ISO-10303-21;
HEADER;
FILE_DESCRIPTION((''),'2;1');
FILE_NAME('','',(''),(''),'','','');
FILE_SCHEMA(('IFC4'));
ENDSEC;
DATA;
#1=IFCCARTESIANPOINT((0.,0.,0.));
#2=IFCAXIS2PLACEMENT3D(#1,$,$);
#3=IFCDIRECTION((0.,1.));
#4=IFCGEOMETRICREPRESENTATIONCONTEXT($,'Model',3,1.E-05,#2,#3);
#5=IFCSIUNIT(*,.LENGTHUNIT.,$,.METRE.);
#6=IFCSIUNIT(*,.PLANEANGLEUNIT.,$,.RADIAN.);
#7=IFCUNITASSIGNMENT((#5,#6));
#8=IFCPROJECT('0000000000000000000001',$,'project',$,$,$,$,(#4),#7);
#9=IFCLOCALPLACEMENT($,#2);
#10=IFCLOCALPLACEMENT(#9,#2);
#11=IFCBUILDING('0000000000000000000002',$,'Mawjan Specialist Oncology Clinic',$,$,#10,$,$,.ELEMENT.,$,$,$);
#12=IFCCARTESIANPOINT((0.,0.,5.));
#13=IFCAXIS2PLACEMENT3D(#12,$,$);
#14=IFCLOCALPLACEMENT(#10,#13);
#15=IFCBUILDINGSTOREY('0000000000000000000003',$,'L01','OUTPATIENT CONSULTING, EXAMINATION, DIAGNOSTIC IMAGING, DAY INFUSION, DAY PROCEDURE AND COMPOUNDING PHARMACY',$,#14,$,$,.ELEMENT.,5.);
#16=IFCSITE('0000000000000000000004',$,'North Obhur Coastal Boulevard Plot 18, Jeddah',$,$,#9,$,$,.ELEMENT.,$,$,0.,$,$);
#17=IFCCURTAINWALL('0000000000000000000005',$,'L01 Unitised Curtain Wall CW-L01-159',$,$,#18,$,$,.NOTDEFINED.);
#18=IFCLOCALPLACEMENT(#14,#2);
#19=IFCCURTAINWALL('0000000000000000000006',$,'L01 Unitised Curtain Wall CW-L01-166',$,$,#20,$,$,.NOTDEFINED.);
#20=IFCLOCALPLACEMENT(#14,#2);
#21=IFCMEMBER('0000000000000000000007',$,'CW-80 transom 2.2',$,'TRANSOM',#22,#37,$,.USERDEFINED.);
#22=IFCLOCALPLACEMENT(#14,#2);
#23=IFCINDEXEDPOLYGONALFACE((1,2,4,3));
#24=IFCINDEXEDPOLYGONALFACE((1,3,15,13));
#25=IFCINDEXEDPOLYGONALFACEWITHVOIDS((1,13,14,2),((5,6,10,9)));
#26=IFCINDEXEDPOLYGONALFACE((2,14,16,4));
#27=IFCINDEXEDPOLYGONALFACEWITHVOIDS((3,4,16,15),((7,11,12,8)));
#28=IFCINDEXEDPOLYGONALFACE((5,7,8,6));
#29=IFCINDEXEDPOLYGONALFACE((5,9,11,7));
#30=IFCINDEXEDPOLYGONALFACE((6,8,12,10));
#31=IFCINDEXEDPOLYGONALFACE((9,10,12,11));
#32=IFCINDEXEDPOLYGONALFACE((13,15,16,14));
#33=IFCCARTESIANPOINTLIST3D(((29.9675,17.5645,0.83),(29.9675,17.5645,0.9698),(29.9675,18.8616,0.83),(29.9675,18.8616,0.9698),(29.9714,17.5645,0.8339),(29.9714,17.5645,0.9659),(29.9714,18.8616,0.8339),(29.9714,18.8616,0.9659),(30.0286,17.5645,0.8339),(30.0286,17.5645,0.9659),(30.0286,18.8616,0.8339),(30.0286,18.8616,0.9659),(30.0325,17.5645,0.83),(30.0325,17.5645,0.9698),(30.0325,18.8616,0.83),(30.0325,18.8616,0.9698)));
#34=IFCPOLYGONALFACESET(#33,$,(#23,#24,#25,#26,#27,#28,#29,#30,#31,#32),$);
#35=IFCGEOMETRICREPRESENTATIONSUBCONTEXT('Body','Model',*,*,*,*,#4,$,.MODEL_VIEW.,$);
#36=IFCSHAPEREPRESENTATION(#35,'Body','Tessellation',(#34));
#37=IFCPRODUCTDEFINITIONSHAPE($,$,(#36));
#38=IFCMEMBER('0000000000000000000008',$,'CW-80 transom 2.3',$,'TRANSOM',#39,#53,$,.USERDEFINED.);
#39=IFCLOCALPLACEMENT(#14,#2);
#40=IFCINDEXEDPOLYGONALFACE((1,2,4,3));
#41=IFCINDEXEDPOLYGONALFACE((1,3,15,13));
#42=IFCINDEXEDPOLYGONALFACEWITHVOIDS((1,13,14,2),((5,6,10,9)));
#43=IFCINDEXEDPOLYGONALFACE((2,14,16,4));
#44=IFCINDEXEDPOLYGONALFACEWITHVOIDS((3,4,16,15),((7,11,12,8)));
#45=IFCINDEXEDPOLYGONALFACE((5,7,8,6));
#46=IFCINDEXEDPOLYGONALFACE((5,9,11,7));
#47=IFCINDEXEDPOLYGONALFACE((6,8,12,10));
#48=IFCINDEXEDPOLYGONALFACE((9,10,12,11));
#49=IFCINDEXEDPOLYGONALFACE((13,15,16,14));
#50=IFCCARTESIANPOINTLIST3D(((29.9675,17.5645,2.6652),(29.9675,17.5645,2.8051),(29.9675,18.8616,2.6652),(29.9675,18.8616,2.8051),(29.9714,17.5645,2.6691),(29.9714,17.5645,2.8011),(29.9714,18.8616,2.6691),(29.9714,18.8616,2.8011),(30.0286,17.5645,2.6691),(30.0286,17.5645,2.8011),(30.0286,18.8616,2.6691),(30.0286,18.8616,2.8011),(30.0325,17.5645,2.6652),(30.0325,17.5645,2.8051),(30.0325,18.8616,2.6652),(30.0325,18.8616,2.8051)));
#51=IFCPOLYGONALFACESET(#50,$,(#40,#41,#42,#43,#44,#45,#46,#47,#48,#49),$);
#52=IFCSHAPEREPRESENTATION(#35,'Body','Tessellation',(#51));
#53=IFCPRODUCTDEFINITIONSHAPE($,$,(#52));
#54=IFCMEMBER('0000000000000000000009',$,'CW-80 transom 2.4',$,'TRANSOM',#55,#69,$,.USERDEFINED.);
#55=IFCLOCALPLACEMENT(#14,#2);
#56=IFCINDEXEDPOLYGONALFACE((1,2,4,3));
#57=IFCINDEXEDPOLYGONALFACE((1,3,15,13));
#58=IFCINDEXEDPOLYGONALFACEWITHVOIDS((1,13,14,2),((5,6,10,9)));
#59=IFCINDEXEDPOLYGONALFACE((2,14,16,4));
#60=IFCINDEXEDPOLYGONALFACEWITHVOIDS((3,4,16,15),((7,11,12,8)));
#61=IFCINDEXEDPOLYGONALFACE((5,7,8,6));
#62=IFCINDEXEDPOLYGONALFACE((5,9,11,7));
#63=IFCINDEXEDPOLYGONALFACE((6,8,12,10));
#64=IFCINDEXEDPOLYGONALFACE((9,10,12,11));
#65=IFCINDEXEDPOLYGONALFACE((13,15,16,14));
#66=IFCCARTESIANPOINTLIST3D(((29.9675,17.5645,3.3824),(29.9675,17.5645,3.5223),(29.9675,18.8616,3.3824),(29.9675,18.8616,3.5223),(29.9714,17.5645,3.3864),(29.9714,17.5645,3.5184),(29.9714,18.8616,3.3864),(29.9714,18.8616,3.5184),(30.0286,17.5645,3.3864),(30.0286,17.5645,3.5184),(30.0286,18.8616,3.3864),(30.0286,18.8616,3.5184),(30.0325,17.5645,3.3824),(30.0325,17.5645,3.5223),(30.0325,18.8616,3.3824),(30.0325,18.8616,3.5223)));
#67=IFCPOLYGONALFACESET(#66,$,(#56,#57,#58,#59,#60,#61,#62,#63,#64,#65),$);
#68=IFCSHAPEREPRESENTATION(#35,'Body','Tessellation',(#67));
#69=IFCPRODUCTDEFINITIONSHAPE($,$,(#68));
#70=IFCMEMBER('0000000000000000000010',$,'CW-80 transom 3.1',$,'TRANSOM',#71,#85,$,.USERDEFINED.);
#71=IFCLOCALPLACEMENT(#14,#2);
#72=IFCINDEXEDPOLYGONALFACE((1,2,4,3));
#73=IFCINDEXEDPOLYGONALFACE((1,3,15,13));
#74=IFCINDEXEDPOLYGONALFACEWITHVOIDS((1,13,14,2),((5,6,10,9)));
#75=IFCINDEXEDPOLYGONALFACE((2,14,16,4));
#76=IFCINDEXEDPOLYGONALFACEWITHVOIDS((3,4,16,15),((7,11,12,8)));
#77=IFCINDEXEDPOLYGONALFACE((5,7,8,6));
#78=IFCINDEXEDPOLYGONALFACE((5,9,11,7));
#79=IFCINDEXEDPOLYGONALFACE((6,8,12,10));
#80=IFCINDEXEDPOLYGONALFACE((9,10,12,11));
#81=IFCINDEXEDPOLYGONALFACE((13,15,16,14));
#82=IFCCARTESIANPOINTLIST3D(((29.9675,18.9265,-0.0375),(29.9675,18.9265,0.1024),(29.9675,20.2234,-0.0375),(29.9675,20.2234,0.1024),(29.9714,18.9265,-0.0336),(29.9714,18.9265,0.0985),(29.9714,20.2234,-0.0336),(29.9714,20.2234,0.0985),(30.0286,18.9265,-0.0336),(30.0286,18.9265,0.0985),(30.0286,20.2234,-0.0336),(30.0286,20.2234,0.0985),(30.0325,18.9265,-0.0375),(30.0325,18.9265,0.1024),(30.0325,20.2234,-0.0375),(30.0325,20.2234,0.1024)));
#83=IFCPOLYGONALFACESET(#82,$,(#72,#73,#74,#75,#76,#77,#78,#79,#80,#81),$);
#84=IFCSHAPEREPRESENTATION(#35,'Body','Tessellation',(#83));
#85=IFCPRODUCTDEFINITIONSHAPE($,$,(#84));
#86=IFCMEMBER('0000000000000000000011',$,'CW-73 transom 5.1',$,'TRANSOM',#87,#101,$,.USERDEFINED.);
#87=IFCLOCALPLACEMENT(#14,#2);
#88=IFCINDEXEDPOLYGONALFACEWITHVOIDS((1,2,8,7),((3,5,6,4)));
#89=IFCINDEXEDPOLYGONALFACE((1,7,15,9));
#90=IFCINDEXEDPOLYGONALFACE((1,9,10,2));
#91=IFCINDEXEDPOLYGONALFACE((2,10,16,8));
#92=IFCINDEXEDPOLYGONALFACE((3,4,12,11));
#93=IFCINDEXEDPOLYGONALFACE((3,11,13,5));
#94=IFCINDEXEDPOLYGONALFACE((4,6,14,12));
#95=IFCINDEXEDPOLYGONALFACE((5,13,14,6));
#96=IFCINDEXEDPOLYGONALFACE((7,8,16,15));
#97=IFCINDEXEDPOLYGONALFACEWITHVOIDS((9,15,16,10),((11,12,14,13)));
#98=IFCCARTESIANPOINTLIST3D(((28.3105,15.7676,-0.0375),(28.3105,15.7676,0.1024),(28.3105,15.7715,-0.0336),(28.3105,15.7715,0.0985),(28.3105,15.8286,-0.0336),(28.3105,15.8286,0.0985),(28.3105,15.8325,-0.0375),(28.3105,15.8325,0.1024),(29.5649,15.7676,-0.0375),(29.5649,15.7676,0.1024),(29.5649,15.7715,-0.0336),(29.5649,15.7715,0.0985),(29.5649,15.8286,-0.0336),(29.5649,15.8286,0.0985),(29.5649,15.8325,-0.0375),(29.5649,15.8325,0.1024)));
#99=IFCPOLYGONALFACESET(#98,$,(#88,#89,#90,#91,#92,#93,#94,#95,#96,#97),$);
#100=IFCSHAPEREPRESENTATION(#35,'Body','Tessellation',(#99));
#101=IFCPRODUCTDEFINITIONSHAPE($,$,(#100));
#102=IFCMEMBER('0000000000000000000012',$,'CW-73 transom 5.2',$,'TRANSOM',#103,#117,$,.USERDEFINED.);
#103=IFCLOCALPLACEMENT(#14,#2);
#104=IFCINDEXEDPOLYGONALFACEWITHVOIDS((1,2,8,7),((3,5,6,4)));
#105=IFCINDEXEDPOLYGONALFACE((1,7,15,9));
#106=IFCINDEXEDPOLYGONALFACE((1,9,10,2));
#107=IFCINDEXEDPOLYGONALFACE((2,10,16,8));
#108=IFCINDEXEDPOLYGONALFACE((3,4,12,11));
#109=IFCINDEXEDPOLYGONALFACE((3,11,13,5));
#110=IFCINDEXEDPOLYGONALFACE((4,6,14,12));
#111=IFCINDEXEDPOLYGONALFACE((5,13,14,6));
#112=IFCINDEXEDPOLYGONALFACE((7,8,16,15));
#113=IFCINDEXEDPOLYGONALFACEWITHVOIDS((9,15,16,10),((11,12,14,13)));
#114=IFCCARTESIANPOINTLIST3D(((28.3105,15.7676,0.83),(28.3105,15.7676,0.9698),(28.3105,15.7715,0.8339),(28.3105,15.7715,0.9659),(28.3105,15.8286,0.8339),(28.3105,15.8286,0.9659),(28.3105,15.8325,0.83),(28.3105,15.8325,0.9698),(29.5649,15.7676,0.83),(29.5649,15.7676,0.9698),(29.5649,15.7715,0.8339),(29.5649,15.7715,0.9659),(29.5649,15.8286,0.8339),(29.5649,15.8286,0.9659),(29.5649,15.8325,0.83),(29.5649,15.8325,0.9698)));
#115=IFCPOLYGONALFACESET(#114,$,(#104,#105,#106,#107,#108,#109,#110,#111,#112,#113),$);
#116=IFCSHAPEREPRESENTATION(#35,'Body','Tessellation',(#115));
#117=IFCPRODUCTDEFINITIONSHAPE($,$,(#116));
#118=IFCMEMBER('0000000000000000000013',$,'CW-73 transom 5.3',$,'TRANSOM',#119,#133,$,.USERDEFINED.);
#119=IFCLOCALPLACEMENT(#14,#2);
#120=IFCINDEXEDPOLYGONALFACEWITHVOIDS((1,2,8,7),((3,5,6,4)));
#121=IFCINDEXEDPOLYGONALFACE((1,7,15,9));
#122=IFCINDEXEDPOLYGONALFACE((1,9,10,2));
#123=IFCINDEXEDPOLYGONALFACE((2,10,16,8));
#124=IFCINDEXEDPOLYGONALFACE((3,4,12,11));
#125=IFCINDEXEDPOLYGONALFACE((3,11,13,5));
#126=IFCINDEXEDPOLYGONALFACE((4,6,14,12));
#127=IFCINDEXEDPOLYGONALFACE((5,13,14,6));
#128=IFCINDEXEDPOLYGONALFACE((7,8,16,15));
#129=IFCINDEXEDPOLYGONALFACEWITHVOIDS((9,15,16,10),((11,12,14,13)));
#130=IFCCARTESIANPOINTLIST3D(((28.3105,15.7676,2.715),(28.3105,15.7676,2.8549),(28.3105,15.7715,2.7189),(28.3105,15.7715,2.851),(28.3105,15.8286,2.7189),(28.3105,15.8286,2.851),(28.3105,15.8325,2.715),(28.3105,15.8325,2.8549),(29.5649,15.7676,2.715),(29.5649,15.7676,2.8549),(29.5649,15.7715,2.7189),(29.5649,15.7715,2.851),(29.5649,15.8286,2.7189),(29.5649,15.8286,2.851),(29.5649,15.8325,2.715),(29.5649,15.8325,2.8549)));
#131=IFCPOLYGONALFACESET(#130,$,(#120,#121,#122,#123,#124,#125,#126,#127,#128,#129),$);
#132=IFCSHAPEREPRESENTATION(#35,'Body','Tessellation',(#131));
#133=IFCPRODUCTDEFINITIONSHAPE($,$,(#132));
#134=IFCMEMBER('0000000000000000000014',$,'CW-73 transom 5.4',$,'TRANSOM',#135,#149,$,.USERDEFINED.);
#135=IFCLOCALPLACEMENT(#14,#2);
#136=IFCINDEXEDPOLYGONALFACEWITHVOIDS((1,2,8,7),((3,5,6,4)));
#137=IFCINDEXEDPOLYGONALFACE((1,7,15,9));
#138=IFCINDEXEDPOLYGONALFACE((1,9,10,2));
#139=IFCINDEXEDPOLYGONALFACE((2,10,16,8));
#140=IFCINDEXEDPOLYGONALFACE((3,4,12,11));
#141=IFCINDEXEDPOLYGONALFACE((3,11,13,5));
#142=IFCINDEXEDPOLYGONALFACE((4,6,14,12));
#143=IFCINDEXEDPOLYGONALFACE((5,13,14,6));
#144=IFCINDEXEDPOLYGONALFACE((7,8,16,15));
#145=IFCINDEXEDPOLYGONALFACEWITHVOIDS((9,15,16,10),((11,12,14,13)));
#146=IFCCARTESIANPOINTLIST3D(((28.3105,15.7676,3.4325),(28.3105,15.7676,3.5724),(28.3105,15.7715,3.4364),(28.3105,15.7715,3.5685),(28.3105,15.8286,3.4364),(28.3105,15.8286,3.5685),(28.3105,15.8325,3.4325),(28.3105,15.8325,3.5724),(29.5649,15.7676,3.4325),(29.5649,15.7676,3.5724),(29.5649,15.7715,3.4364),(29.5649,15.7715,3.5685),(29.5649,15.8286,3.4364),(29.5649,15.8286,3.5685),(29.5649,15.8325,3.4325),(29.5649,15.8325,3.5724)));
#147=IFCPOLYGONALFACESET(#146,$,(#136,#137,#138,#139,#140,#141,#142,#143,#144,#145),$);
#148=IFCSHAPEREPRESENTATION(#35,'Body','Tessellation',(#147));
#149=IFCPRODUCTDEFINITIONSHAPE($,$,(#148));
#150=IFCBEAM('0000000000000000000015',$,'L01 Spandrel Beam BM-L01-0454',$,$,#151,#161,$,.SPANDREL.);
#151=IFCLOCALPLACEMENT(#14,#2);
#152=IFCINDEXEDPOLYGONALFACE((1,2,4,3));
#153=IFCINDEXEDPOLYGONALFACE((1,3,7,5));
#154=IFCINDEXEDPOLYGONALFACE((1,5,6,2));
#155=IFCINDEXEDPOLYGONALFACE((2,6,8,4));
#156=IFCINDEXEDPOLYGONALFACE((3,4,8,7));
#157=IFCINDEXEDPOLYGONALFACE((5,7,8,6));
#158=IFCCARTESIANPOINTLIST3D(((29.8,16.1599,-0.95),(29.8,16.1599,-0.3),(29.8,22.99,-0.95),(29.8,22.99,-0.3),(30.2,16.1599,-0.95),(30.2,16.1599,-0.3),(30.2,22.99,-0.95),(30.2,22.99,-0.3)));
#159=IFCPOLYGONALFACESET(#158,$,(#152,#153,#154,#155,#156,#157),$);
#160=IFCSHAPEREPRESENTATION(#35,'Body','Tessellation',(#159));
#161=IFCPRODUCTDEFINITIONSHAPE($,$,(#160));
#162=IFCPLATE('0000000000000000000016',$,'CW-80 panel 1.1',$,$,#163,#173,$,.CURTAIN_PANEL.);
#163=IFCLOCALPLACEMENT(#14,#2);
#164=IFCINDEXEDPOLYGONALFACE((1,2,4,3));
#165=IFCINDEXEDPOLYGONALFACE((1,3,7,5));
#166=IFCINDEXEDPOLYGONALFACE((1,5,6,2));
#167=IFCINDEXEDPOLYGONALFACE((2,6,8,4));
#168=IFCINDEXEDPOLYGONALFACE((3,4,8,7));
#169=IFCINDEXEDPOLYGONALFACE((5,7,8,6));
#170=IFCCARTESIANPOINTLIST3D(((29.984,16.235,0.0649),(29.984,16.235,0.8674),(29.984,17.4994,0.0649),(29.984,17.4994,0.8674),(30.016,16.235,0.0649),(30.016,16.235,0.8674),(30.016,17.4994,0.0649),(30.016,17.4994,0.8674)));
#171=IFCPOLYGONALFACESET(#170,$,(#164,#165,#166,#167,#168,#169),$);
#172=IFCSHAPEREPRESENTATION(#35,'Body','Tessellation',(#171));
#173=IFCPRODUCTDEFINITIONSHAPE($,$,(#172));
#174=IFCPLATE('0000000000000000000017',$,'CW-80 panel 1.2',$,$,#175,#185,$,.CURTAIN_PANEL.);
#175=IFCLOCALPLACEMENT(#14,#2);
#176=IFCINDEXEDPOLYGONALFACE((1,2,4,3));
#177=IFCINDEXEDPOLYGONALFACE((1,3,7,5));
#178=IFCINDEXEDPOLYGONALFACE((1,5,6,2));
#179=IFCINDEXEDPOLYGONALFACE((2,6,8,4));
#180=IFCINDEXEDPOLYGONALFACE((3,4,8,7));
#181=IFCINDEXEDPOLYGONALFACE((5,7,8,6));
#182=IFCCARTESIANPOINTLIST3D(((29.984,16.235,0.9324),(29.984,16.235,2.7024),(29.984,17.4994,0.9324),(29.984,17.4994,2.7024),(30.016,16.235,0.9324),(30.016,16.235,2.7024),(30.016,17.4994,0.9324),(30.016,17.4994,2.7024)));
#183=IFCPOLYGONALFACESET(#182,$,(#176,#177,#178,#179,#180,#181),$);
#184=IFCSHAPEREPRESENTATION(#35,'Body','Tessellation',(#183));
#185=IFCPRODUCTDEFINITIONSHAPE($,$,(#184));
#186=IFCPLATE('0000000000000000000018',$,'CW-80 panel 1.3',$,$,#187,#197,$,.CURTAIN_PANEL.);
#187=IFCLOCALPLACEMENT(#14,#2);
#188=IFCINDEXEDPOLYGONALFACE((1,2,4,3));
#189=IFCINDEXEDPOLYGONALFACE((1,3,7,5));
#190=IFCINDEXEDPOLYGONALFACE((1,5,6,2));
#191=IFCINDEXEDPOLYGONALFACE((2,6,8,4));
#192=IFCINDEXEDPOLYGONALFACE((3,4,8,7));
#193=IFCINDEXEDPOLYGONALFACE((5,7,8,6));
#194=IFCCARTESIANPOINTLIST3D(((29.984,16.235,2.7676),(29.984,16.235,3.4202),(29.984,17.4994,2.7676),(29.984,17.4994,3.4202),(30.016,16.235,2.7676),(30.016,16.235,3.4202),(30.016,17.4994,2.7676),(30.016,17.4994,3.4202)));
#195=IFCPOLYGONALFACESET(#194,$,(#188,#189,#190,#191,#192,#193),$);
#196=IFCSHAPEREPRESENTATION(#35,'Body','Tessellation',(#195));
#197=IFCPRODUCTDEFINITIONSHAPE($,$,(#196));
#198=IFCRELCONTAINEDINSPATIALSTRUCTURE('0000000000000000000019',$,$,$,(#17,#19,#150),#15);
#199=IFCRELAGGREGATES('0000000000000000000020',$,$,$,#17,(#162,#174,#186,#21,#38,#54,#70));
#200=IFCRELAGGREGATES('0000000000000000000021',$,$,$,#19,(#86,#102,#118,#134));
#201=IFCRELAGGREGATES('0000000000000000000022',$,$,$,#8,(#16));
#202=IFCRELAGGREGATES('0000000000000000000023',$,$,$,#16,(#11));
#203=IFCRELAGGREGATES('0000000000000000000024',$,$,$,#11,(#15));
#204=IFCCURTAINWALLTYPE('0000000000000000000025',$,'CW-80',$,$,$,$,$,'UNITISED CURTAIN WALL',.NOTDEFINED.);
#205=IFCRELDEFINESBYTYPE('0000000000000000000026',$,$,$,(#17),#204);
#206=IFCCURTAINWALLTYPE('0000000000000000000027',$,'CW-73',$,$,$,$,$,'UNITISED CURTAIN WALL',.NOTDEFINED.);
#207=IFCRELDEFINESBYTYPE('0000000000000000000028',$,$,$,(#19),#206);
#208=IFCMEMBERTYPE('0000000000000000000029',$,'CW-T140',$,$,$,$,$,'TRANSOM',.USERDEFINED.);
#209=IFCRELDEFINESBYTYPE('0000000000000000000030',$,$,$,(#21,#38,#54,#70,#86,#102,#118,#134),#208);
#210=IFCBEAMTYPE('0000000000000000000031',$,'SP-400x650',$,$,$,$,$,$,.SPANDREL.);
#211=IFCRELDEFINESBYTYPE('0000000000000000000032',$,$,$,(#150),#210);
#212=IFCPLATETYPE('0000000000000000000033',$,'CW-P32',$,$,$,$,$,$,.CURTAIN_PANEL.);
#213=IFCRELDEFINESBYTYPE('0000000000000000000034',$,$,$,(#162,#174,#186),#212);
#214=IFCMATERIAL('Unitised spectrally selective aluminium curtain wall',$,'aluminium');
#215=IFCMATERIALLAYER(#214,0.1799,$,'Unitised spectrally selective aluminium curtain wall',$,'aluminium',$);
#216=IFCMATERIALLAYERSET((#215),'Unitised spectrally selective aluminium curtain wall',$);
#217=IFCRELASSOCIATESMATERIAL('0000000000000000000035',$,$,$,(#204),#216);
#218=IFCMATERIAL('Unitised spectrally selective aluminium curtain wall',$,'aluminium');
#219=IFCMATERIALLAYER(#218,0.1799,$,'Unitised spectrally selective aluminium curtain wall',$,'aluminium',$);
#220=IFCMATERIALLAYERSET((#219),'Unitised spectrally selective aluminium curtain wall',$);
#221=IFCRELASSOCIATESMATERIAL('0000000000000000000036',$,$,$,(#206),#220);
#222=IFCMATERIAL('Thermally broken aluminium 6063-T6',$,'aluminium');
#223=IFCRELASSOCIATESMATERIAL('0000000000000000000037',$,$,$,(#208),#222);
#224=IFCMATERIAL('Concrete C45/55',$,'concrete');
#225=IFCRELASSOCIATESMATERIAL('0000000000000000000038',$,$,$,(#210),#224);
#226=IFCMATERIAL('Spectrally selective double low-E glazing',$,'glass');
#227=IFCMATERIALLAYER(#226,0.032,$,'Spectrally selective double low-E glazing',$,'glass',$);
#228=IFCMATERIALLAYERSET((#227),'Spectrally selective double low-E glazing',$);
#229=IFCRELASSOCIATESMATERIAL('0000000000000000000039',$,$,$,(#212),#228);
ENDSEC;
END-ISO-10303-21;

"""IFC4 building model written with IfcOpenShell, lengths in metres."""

from ifc_helpers import new_model, si_unit, direction, frame, origin, origin_2d, place, context, subcontext, project, spatial, rectangle, hollow_rectangle, extrude, material, layer, layer_set, material_profile, profile_set, type_object, element, aggregate, save


model = new_model("IFC4")

# Units and contexts
model_context = context("Model", 3, precision=1e-05, world=origin(), true_north=direction((0.0, 1.0)))
body_context = subcontext(model_context, "Body", "Model", "MODEL_VIEW")
ifc_project = project(units=[si_unit("LENGTHUNIT", "METRE"), si_unit("PLANEANGLEUNIT", "RADIAN")], contexts=[model_context])

# Site, building, storey
site_placement = place(None, origin())
site = spatial("IfcSite", under=ifc_project, at=site_placement, Name="North Obhur Coastal Boulevard Plot 18, Jeddah", CompositionType="ELEMENT", RefElevation=0.0)
building_placement = place(site_placement, origin())
building = spatial("IfcBuilding", under=site, at=building_placement, Name="Mawjan Specialist Oncology Clinic", CompositionType="ELEMENT")
storey_placement = place(building_placement, frame((0.0, 0.0, 5.0)))
storey = spatial("IfcBuildingStorey", under=building, at=storey_placement, Name="L01", Description="OUTPATIENT CONSULTING, EXAMINATION, DIAGNOSTIC IMAGING, DAY INFUSION, DAY PROCEDURE AND COMPOUNDING PHARMACY", CompositionType="ELEMENT", Elevation=5.0)

# Curtain walls
ifc_material_1 = material(Name="Unitised spectrally selective aluminium curtain wall", Category="aluminium")
ifc_layer_1 = layer(ifc_material_1, 0.1799, Name="Unitised spectrally selective aluminium curtain wall", Category="aluminium")
ifc_layer_set_1 = layer_set([ifc_layer_1], Name="Unitised spectrally selective aluminium curtain wall")
curtain_wall_type_1 = type_object("IfcCurtainWallType", Name="CW-80", ElementType="UNITISED CURTAIN WALL", PredefinedType="NOTDEFINED", material=ifc_layer_set_1)
curtain_wall_1_placement = place(storey_placement, origin())
curtain_wall_1 = element("IfcCurtainWall", 1, at=curtain_wall_1_placement, inside=storey, type_object=curtain_wall_type_1, Name="L01 Unitised Curtain Wall CW-L01-159", PredefinedType="NOTDEFINED")
ifc_material_2 = material(Name="Unitised spectrally selective aluminium curtain wall", Category="aluminium")
ifc_layer_2 = layer(ifc_material_2, 0.1799, Name="Unitised spectrally selective aluminium curtain wall", Category="aluminium")
ifc_layer_set_2 = layer_set([ifc_layer_2], Name="Unitised spectrally selective aluminium curtain wall")
curtain_wall_type_2 = type_object("IfcCurtainWallType", Name="CW-73", ElementType="UNITISED CURTAIN WALL", PredefinedType="NOTDEFINED", material=ifc_layer_set_2)
curtain_wall_2_placement = place(storey_placement, origin())
curtain_wall_2 = element("IfcCurtainWall", 2, at=curtain_wall_2_placement, inside=storey, type_object=curtain_wall_type_2, Name="L01 Unitised Curtain Wall CW-L01-166", PredefinedType="NOTDEFINED")

# Members
ifc_material_3 = material(Name="Thermally broken aluminium 6063-T6", Category="aluminium")
ifc_material_profile_1 = material_profile(ifc_material_3, hollow_rectangle(XDim=0.0649, YDim=0.1399, WallThickness=0.0039, at=origin_2d()), Name="ALU TRANSOM 140x65x4", Category="aluminium")
ifc_profile_set_1 = profile_set([ifc_material_profile_1], Name="Thermally broken aluminium 6063-T6")
member_type_1 = type_object("IfcMemberType", Name="CW-T140", ElementType="TRANSOM", PredefinedType="USERDEFINED", material=ifc_profile_set_1)
member_1_placement = place(storey_placement, frame((30.0, 17.5645, 0.8999), z_axis=(0.0, 1.0, 0.0), x_axis=(-1.0, 0.0, 0.0)))
member_1 = element("IfcMember", 3, at=member_1_placement, type_object=member_type_1, Name="CW-80 transom 2.2", ObjectType="TRANSOM", PredefinedType="USERDEFINED", context=body_context, shape_type="SweptSolid", body=[
    extrude(hollow_rectangle(XDim=0.0649, YDim=0.1399, WallThickness=0.0039, at=origin_2d()), origin(), (0.0, 0.0, 1.0), 1.2971),
])
member_2_placement = place(storey_placement, frame((30.0, 17.5645, 2.7351), z_axis=(0.0, 1.0, 0.0), x_axis=(-1.0, 0.0, 0.0)))
member_2 = element("IfcMember", 4, at=member_2_placement, type_object=member_type_1, Name="CW-80 transom 2.3", ObjectType="TRANSOM", PredefinedType="USERDEFINED", context=body_context, shape_type="SweptSolid", body=[
    extrude(hollow_rectangle(XDim=0.0649, YDim=0.1399, WallThickness=0.0039, at=origin_2d()), origin(), (0.0, 0.0, 1.0), 1.2971),
])
member_3_placement = place(storey_placement, frame((30.0, 17.5645, 3.4524), z_axis=(0.0, 1.0, 0.0), x_axis=(-1.0, 0.0, 0.0)))
member_3 = element("IfcMember", 5, at=member_3_placement, type_object=member_type_1, Name="CW-80 transom 2.4", ObjectType="TRANSOM", PredefinedType="USERDEFINED", context=body_context, shape_type="SweptSolid", body=[
    extrude(hollow_rectangle(XDim=0.0649, YDim=0.1399, WallThickness=0.0039, at=origin_2d()), origin(), (0.0, 0.0, 1.0), 1.2971),
])
member_4_placement = place(storey_placement, frame((30.0, 18.9265, 0.0325), z_axis=(0.0, 1.0, 0.0), x_axis=(-1.0, 0.0, 0.0)))
member_4 = element("IfcMember", 6, at=member_4_placement, type_object=member_type_1, Name="CW-80 transom 3.1", ObjectType="TRANSOM", PredefinedType="USERDEFINED", context=body_context, shape_type="SweptSolid", body=[
    extrude(hollow_rectangle(XDim=0.0649, YDim=0.1399, WallThickness=0.0039, at=origin_2d()), origin(), (0.0, 0.0, 1.0), 1.2969),
])
member_5_placement = place(storey_placement, frame((28.3105, 15.8, 0.0325), z_axis=(1.0, 0.0, 0.0), x_axis=(0.0, 1.0, 0.0)))
member_5 = element("IfcMember", 7, at=member_5_placement, type_object=member_type_1, Name="CW-73 transom 5.1", ObjectType="TRANSOM", PredefinedType="USERDEFINED", context=body_context, shape_type="SweptSolid", body=[
    extrude(hollow_rectangle(XDim=0.0649, YDim=0.1399, WallThickness=0.0039, at=origin_2d()), origin(), (0.0, 0.0, 1.0), 1.2544),
])
member_6_placement = place(storey_placement, frame((28.3105, 15.8, 0.8999), z_axis=(1.0, 0.0, 0.0), x_axis=(0.0, 1.0, 0.0)))
member_6 = element("IfcMember", 8, at=member_6_placement, type_object=member_type_1, Name="CW-73 transom 5.2", ObjectType="TRANSOM", PredefinedType="USERDEFINED", context=body_context, shape_type="SweptSolid", body=[
    extrude(hollow_rectangle(XDim=0.0649, YDim=0.1399, WallThickness=0.0039, at=origin_2d()), origin(), (0.0, 0.0, 1.0), 1.2544),
])
member_7_placement = place(storey_placement, frame((28.3105, 15.8, 2.7849), z_axis=(1.0, 0.0, 0.0), x_axis=(0.0, 1.0, 0.0)))
member_7 = element("IfcMember", 9, at=member_7_placement, type_object=member_type_1, Name="CW-73 transom 5.3", ObjectType="TRANSOM", PredefinedType="USERDEFINED", context=body_context, shape_type="SweptSolid", body=[
    extrude(hollow_rectangle(XDim=0.0649, YDim=0.1399, WallThickness=0.0039, at=origin_2d()), origin(), (0.0, 0.0, 1.0), 1.2544),
])
member_8_placement = place(storey_placement, frame((28.3105, 15.8, 3.5024), z_axis=(1.0, 0.0, 0.0), x_axis=(0.0, 1.0, 0.0)))
member_8 = element("IfcMember", 10, at=member_8_placement, type_object=member_type_1, Name="CW-73 transom 5.4", ObjectType="TRANSOM", PredefinedType="USERDEFINED", context=body_context, shape_type="SweptSolid", body=[
    extrude(hollow_rectangle(XDim=0.0649, YDim=0.1399, WallThickness=0.0039, at=origin_2d()), origin(), (0.0, 0.0, 1.0), 1.2544),
])

# Beam
ifc_material_4 = material(Name="Concrete C45/55", Category="concrete")
ifc_material_profile_2 = material_profile(ifc_material_4, rectangle(XDim=0.3999, YDim=0.6499, at=origin_2d()), Name="RC BM 400x650", Category="concrete")
ifc_profile_set_2 = profile_set([ifc_material_profile_2], Name="Concrete C45/55")
beam_type = type_object("IfcBeamType", Name="SP-400x650", PredefinedType="SPANDREL", material=ifc_profile_set_2)
beam_placement = place(storey_placement, frame((30.0, 16.1599, -0.625), z_axis=(0.0, 1.0, 0.0), x_axis=(-1.0, 0.0, 0.0)))
element("IfcBeam", 11, at=beam_placement, inside=storey, type_object=beam_type, Name="L01 Spandrel Beam BM-L01-0454", PredefinedType="SPANDREL", context=body_context, shape_type="SweptSolid", body=[
    extrude(rectangle(XDim=0.3999, YDim=0.6499, at=origin_2d()), origin(), (0.0, 0.0, 1.0), 6.8301),
])

# Plates
ifc_material_5 = material(Name="Spectrally selective double low-E glazing", Category="glass")
ifc_layer_3 = layer(ifc_material_5, 0.032, Name="Spectrally selective double low-E glazing", Category="glass")
ifc_layer_set_3 = layer_set([ifc_layer_3], Name="Spectrally selective double low-E glazing")
plate_type = type_object("IfcPlateType", Name="CW-P32", PredefinedType="CURTAIN_PANEL", material=ifc_layer_set_3)
plate_1_placement = place(storey_placement, frame((30.0, 16.8672, 0.0649), z_axis=(0.0, 0.0, 1.0), x_axis=(0.0, 1.0, 0.0)))
plate_1 = element("IfcPlate", 12, at=plate_1_placement, type_object=plate_type, Name="CW-80 panel 1.1", PredefinedType="CURTAIN_PANEL", context=body_context, shape_type="SweptSolid", body=[
    extrude(rectangle(XDim=1.2644, YDim=0.032, at=origin_2d()), origin(), (0.0, 0.0, 1.0), 0.8025),
])
plate_2_placement = place(storey_placement, frame((30.0, 16.8672, 0.9324), z_axis=(0.0, 0.0, 1.0), x_axis=(0.0, 1.0, 0.0)))
plate_2 = element("IfcPlate", 13, at=plate_2_placement, type_object=plate_type, Name="CW-80 panel 1.2", PredefinedType="CURTAIN_PANEL", context=body_context, shape_type="SweptSolid", body=[
    extrude(rectangle(XDim=1.2644, YDim=0.032, at=origin_2d()), origin(), (0.0, 0.0, 1.0), 1.77),
])
plate_3_placement = place(storey_placement, frame((30.0, 16.8672, 2.7676), z_axis=(0.0, 0.0, 1.0), x_axis=(0.0, 1.0, 0.0)))
plate_3 = element("IfcPlate", 14, at=plate_3_placement, type_object=plate_type, Name="CW-80 panel 1.3", PredefinedType="CURTAIN_PANEL", context=body_context, shape_type="SweptSolid", body=[
    extrude(rectangle(XDim=1.2644, YDim=0.032, at=origin_2d()), origin(), (0.0, 0.0, 1.0), 0.6526),
])
aggregate(curtain_wall_1, [plate_1, plate_2, plate_3, member_1, member_2, member_3, member_4])
aggregate(curtain_wall_2, [member_5, member_6, member_7, member_8])

save(model, "model.ifc")
